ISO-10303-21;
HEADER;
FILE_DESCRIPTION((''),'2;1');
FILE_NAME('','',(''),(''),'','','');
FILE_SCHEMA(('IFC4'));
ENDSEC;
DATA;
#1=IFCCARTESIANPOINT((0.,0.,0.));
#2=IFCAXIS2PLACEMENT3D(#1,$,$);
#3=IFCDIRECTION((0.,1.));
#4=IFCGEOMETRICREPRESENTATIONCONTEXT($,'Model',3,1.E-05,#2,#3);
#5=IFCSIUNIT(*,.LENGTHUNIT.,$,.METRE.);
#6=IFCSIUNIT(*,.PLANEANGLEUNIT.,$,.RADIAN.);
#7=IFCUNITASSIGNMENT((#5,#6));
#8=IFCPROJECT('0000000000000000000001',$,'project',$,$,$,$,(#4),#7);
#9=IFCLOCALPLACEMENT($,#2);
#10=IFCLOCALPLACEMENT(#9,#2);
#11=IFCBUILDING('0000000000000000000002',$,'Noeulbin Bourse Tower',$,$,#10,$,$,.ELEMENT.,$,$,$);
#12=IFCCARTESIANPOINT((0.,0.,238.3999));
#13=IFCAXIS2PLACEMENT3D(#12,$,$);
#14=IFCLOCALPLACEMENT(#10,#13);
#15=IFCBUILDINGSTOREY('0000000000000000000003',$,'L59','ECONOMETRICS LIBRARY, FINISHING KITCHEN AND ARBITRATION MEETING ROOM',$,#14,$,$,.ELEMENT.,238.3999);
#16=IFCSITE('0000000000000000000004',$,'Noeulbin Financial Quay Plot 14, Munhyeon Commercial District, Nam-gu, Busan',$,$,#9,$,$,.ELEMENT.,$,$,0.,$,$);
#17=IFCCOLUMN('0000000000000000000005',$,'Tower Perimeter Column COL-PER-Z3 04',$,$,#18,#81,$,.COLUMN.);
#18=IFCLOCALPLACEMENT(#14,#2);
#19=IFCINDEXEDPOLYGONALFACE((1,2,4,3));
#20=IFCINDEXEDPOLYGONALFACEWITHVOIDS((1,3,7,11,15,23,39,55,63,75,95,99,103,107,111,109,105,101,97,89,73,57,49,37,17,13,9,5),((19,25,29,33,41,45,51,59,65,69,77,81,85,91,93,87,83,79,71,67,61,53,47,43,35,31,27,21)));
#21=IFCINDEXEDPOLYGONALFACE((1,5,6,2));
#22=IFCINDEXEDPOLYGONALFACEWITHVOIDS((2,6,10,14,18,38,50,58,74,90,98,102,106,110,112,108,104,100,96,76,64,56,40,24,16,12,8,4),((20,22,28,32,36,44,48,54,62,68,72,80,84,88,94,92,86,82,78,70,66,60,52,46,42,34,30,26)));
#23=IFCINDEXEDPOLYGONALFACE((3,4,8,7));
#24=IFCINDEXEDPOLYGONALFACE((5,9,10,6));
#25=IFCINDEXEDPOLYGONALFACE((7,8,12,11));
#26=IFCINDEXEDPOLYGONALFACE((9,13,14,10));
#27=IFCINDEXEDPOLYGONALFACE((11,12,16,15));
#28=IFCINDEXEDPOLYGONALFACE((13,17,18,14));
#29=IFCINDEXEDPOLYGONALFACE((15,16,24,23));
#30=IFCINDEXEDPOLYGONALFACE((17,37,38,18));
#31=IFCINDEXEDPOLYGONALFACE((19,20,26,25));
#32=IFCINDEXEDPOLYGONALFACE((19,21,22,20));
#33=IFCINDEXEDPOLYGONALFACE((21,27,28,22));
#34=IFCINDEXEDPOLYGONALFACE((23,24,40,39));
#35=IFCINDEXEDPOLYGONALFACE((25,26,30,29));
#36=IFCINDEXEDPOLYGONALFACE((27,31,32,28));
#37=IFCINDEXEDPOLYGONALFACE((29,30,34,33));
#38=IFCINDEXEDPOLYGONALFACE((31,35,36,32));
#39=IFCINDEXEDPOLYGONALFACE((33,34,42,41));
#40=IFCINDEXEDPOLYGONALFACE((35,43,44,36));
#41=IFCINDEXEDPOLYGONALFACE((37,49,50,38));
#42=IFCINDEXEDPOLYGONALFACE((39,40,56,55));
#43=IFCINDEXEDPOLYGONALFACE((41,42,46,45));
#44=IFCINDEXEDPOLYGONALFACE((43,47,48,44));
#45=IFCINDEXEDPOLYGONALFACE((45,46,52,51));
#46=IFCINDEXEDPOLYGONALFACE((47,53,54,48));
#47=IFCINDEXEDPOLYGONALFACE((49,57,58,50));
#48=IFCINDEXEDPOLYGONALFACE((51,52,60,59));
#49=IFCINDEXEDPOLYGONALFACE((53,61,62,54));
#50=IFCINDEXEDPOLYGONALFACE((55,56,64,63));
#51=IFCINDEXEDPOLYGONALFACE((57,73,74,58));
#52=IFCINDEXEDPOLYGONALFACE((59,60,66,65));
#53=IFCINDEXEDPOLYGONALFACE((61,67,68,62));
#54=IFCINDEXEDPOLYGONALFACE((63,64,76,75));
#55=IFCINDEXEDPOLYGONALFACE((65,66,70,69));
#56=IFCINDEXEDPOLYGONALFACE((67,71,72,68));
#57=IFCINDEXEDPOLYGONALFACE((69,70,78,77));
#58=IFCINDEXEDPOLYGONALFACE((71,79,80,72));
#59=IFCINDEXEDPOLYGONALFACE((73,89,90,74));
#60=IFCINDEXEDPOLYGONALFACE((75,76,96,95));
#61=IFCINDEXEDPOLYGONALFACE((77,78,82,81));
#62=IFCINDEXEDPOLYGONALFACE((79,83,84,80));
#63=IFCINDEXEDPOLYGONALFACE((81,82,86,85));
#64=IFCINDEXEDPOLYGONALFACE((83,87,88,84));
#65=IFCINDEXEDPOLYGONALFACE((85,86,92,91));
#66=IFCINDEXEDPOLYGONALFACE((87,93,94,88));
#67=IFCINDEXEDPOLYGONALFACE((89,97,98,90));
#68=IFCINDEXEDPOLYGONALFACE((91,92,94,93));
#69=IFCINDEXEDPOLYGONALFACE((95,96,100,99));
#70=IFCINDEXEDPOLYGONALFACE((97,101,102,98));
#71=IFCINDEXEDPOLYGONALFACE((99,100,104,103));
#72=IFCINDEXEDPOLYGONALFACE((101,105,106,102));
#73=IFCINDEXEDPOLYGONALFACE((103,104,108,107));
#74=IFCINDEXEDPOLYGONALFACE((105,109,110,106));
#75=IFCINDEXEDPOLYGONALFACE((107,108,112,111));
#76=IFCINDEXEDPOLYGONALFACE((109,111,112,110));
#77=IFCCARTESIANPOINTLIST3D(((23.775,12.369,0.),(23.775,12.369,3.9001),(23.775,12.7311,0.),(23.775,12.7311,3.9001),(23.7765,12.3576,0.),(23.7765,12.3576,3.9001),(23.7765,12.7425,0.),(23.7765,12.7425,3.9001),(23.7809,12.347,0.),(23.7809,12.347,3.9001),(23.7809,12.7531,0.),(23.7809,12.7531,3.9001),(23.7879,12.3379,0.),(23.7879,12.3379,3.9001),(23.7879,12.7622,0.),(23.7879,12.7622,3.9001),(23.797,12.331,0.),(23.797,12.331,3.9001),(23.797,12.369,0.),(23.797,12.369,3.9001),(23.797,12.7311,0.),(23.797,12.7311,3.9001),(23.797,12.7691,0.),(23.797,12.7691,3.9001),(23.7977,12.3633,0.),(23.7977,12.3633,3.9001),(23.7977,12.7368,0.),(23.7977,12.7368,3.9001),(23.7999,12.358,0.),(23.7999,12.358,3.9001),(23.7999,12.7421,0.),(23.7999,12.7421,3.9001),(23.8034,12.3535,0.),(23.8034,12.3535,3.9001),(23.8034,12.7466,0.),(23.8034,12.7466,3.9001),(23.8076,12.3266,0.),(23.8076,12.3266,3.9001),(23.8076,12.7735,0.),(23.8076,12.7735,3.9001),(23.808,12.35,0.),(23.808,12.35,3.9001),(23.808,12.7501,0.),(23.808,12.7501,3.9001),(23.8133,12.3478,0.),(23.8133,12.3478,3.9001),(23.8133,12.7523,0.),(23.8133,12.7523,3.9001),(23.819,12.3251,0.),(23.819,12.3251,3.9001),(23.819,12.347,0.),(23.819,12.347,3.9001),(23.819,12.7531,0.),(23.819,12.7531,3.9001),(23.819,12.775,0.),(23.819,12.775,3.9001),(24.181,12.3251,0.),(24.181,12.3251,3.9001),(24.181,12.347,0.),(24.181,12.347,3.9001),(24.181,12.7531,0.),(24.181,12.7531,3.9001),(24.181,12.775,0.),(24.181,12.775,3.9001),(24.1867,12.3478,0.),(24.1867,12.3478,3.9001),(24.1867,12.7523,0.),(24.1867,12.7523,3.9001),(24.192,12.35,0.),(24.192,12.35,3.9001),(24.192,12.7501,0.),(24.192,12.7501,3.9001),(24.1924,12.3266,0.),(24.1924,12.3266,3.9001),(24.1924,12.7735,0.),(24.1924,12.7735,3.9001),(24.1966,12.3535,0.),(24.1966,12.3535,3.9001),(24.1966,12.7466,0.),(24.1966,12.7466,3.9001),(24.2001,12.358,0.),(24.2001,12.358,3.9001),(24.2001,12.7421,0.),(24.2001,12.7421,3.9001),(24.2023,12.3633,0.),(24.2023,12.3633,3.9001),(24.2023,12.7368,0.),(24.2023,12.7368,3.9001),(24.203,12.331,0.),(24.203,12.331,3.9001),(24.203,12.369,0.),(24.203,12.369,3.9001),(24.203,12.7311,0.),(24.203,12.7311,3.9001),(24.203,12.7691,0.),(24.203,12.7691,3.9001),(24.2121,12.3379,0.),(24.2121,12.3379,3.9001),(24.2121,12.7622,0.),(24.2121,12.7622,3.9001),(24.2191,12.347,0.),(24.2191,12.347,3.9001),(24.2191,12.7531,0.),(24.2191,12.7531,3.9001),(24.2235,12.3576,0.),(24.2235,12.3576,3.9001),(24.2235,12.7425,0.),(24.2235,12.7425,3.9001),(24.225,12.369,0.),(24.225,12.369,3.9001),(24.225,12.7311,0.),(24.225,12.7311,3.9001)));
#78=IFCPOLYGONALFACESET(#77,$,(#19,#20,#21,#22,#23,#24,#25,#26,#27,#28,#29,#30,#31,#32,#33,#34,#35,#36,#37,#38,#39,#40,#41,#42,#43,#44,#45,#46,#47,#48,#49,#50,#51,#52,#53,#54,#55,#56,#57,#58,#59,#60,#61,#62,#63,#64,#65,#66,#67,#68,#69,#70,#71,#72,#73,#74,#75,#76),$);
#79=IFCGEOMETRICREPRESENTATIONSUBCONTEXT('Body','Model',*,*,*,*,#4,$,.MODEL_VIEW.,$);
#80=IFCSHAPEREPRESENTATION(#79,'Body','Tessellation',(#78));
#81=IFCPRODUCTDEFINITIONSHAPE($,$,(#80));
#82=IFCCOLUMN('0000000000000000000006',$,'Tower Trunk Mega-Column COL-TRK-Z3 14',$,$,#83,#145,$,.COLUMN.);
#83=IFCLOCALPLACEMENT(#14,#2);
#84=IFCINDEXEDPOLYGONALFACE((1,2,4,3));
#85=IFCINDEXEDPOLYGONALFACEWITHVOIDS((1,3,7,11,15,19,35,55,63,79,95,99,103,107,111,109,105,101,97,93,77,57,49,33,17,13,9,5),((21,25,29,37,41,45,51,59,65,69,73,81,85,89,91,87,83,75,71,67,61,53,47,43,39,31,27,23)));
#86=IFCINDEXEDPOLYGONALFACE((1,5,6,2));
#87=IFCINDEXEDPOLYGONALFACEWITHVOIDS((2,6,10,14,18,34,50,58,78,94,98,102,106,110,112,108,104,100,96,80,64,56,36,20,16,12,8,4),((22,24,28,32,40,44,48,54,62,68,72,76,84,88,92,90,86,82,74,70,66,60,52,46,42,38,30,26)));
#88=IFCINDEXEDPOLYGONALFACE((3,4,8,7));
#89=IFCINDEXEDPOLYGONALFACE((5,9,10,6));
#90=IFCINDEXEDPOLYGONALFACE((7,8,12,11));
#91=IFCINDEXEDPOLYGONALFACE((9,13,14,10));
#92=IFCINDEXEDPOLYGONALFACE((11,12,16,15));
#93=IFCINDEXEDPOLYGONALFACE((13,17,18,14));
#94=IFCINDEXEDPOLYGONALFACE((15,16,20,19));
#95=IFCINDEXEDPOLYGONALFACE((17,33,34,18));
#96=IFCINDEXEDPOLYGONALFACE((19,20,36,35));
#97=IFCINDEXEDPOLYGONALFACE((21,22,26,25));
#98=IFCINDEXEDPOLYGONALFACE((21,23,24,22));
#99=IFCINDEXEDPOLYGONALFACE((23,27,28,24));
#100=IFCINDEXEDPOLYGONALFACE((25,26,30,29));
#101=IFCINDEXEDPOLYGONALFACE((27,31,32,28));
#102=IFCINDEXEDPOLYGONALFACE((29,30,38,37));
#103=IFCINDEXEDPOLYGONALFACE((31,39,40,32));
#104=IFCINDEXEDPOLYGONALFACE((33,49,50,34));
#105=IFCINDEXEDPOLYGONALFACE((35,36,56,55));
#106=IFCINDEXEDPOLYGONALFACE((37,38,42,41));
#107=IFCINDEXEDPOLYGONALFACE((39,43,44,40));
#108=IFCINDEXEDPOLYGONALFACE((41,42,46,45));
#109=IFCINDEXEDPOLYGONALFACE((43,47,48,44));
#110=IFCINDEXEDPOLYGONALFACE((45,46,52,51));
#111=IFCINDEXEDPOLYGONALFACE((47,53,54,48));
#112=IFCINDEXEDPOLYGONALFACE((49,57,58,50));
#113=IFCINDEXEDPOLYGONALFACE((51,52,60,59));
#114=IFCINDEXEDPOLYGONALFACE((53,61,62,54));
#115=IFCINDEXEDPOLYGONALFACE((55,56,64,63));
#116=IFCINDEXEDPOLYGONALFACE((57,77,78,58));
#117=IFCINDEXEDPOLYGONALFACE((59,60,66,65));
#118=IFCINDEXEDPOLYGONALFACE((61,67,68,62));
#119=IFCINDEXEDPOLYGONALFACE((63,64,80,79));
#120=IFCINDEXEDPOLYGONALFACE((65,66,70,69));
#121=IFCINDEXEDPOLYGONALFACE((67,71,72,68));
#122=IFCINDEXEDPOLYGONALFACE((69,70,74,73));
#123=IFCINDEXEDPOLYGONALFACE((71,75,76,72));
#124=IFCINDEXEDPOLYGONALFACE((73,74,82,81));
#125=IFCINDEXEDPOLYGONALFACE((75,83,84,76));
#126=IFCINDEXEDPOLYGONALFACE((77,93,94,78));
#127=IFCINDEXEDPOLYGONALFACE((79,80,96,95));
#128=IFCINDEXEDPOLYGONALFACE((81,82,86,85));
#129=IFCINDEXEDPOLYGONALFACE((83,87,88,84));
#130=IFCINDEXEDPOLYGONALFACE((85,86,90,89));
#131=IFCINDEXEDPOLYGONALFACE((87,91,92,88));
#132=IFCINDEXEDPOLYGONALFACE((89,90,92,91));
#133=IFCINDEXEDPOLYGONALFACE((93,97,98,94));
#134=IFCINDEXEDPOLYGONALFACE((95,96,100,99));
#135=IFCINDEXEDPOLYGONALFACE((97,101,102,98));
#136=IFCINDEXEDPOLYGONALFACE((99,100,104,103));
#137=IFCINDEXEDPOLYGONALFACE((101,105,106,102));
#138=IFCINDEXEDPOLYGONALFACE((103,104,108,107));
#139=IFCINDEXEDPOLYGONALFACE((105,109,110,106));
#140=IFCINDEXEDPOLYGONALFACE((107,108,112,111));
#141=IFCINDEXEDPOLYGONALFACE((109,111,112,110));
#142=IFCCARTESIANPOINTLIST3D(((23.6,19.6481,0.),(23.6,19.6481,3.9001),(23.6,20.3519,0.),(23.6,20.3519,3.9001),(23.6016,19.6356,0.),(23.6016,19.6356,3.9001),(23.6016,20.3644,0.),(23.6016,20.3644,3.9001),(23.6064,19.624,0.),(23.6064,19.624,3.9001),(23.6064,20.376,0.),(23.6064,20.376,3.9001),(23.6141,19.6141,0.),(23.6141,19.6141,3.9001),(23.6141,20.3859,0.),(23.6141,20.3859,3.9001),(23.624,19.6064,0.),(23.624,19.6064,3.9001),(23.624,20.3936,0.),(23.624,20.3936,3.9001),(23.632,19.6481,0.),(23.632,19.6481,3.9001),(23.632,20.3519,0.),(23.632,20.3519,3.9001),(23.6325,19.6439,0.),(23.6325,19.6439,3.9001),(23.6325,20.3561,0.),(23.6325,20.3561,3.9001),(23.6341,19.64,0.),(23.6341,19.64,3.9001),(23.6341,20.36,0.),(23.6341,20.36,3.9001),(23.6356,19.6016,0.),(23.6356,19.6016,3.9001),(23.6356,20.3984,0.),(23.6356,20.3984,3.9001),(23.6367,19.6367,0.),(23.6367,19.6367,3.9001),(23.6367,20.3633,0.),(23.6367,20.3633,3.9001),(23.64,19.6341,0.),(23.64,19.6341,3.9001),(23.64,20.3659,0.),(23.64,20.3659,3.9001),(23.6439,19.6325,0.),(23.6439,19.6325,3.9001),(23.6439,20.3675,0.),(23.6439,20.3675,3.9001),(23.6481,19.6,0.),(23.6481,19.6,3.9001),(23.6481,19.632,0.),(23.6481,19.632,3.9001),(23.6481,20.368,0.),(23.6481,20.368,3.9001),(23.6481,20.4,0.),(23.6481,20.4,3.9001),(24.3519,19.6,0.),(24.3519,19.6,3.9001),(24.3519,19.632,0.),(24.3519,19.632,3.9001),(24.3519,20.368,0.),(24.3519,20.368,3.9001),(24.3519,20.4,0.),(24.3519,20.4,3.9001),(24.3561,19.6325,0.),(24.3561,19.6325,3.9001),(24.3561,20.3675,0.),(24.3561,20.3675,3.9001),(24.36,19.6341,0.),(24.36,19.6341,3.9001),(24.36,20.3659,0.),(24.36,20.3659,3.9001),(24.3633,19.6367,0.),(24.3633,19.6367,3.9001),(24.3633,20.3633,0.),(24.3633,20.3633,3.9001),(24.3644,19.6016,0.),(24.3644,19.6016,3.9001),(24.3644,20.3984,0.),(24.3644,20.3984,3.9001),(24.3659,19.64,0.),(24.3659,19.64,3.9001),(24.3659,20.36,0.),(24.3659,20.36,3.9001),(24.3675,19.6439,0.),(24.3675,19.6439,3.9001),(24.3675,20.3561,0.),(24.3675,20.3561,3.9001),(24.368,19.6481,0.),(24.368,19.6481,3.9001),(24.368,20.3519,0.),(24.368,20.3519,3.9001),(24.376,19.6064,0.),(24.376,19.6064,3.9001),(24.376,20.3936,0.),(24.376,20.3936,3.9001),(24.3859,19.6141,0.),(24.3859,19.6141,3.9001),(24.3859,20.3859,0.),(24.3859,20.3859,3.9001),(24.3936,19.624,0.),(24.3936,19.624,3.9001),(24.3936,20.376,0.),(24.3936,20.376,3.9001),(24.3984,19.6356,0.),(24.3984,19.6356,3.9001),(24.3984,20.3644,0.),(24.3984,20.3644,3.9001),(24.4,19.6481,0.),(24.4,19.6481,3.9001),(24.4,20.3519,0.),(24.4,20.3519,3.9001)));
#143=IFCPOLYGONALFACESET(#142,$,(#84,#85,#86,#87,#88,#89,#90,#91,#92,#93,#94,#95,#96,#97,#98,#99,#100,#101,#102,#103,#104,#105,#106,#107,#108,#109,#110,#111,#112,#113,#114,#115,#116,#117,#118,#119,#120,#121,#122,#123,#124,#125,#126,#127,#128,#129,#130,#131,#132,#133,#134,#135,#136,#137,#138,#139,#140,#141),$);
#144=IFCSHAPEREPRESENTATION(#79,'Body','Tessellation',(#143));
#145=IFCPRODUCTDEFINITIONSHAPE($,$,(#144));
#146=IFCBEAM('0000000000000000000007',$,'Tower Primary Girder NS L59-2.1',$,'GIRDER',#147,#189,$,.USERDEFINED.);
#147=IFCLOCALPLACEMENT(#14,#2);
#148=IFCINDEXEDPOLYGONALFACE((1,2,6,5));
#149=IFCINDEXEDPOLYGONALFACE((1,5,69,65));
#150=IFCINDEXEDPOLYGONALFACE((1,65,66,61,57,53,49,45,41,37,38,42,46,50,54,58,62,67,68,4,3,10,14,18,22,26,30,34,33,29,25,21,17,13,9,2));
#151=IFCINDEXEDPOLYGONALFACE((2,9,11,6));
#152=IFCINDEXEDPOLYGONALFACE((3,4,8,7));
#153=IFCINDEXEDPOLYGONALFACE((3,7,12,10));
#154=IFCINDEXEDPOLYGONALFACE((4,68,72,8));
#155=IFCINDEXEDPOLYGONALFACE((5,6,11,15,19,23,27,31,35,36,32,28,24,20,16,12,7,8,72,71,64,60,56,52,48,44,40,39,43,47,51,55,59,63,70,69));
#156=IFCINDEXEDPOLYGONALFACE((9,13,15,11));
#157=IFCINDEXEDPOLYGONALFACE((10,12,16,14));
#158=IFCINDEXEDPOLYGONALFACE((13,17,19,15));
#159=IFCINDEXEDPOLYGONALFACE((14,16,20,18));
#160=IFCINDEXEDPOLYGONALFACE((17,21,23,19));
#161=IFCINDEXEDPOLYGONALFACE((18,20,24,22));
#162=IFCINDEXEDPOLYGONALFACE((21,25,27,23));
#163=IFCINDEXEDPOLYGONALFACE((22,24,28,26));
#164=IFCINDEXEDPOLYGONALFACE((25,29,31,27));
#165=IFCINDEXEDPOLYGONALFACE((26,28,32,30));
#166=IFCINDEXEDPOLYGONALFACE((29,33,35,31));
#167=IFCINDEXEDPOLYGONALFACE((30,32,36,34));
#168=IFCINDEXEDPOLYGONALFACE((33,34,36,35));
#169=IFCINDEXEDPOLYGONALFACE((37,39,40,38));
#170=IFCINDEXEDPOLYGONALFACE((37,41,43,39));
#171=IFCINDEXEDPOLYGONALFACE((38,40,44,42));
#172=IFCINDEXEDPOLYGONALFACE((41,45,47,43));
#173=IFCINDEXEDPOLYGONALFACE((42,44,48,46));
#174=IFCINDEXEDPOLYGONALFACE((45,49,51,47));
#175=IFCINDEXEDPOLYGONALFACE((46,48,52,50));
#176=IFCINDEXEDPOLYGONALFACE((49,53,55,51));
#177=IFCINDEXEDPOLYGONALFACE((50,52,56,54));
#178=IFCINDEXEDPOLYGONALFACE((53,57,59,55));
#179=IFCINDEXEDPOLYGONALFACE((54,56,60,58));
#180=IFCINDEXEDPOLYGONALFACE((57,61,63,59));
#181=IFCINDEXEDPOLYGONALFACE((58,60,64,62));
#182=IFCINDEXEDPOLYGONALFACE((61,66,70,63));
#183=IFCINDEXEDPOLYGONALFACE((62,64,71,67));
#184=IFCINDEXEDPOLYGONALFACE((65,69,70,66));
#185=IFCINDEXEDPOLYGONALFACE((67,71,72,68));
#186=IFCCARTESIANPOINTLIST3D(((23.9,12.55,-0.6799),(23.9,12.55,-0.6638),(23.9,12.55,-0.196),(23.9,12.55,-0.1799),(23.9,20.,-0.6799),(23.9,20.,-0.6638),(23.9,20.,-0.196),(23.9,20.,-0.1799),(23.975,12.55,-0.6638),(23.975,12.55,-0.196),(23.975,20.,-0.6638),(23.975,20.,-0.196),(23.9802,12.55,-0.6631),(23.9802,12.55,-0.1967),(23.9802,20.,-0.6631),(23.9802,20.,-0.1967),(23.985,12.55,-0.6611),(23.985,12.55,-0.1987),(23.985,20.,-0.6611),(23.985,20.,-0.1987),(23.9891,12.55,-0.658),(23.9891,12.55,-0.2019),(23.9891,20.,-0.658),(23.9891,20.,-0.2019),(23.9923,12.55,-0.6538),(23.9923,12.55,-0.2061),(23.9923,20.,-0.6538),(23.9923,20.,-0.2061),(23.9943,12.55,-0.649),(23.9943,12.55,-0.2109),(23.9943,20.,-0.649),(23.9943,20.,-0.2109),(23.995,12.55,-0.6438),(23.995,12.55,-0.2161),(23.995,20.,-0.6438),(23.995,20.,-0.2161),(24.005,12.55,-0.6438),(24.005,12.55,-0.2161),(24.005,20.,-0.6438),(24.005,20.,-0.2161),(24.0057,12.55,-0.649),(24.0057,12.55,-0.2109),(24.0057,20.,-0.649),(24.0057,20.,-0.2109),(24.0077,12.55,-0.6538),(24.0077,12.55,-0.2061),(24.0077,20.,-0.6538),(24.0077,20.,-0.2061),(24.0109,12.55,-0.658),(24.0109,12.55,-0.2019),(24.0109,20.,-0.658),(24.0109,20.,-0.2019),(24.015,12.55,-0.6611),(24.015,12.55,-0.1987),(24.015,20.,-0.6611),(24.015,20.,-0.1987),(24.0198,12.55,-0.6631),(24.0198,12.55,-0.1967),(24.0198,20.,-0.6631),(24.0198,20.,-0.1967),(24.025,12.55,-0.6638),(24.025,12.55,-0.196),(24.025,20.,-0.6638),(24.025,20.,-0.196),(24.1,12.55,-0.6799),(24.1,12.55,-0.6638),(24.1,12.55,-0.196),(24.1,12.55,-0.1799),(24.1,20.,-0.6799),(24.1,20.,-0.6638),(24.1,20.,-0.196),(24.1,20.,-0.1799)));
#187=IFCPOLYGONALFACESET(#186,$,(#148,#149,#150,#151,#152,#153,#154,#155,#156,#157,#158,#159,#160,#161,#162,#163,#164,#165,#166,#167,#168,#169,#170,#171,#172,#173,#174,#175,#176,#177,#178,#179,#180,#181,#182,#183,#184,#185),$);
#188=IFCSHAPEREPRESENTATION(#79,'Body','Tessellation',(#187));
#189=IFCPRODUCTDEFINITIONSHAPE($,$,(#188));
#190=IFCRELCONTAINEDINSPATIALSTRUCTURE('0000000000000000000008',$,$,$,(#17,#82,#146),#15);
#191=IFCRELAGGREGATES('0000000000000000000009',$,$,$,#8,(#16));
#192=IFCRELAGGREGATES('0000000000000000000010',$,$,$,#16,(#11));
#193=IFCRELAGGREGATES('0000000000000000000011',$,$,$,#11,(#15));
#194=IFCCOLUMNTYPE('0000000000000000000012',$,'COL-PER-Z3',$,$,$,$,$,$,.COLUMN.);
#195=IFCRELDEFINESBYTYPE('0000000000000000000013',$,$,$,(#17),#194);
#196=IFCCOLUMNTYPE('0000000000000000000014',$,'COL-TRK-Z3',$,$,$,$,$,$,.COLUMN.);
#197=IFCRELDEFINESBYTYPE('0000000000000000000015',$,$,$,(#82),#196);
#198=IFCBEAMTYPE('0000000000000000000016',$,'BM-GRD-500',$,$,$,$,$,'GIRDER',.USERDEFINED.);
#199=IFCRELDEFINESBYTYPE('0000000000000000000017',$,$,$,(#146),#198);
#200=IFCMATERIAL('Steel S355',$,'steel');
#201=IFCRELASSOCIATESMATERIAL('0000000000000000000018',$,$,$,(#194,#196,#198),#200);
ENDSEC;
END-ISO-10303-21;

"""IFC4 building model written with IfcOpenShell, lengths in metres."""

from ifc_helpers import new_model, si_unit, direction, frame, origin, origin_2d, place, context, subcontext, project, spatial, hollow_rectangle, i_section, extrude, material, material_profile, profile_set, type_object, element, save


model = new_model("IFC4")

# Units and contexts
model_context = context("Model", 3, precision=1e-05, world=origin(), true_north=direction((0.0, 1.0)))
body_context = subcontext(model_context, "Body", "Model", "MODEL_VIEW")
ifc_project = project(units=[si_unit("LENGTHUNIT", "METRE"), si_unit("PLANEANGLEUNIT", "RADIAN")], contexts=[model_context])

# Site, building, storey
site_placement = place(None, origin())
site = spatial("IfcSite", under=ifc_project, at=site_placement, Name="Noeulbin Financial Quay Plot 14, Munhyeon Commercial District, Nam-gu, Busan", CompositionType="ELEMENT", RefElevation=0.0)
building_placement = place(site_placement, origin())
building = spatial("IfcBuilding", under=site, at=building_placement, Name="Noeulbin Bourse Tower", CompositionType="ELEMENT")
storey_placement = place(building_placement, frame((0.0, 0.0, 238.3999)))
storey = spatial("IfcBuildingStorey", under=building, at=storey_placement, Name="L59", Description="ECONOMETRICS LIBRARY, FINISHING KITCHEN AND ARBITRATION MEETING ROOM", CompositionType="ELEMENT", Elevation=238.3999)

# Columns
ifc_material_1 = material(Name="Steel S355", Category="steel")
ifc_material_profile_1 = material_profile(ifc_material_1, hollow_rectangle(XDim=0.45, YDim=0.45, WallThickness=0.022, InnerFilletRadius=0.022, OuterFilletRadius=0.0439, at=origin_2d()), Name="SHS-450x450x22", Category="LoadBearing")
ifc_profile_set_1 = profile_set([ifc_material_profile_1], Name="Steel S355")
column_type_1 = type_object("IfcColumnType", Name="COL-PER-Z3", PredefinedType="COLUMN", material=ifc_profile_set_1)
column_1_placement = place(storey_placement, frame((24.0, 12.55, 0.0), z_axis=(0.0, 0.0, 1.0), x_axis=(1.0, 0.0, 0.0)))
element("IfcColumn", 1, at=column_1_placement, inside=storey, type_object=column_type_1, Name="Tower Perimeter Column COL-PER-Z3 04", PredefinedType="COLUMN", context=body_context, shape_type="SweptSolid", body=[
    extrude(hollow_rectangle(XDim=0.45, YDim=0.45, WallThickness=0.022, InnerFilletRadius=0.022, OuterFilletRadius=0.0439, at=origin_2d()), origin(), (0.0, 0.0, 1.0), 3.9001),
])
ifc_material_profile_2 = material_profile(ifc_material_1, hollow_rectangle(XDim=0.8, YDim=0.8, WallThickness=0.032, InnerFilletRadius=0.0161, OuterFilletRadius=0.0481, at=origin_2d()), Name="BOX-800x800x32", Category="LoadBearing")
ifc_profile_set_2 = profile_set([ifc_material_profile_2], Name="Steel S355")
column_type_2 = type_object("IfcColumnType", Name="COL-TRK-Z3", PredefinedType="COLUMN", material=ifc_profile_set_2)
column_2_placement = place(storey_placement, frame((24.0, 20.0, 0.0), z_axis=(0.0, 0.0, 1.0), x_axis=(1.0, 0.0, 0.0)))
element("IfcColumn", 2, at=column_2_placement, inside=storey, type_object=column_type_2, Name="Tower Trunk Mega-Column COL-TRK-Z3 14", PredefinedType="COLUMN", context=body_context, shape_type="SweptSolid", body=[
    extrude(hollow_rectangle(XDim=0.8, YDim=0.8, WallThickness=0.032, InnerFilletRadius=0.0161, OuterFilletRadius=0.0481, at=origin_2d()), origin(), (0.0, 0.0, 1.0), 3.9001),
])

# Beam
ifc_material_profile_3 = material_profile(ifc_material_1, i_section(OverallWidth=0.2, OverallDepth=0.5, WebThickness=0.01, FlangeThickness=0.0161, FilletRadius=0.02, at=origin_2d()), Name="H-500x200x10x16", Category="LoadBearing")
ifc_profile_set_3 = profile_set([ifc_material_profile_3], Name="Steel S355")
beam_type_1 = type_object("IfcBeamType", Name="BM-GRD-500", ElementType="GIRDER", PredefinedType="USERDEFINED", material=ifc_profile_set_3)
beam_1_placement = place(storey_placement, frame((24.0, 12.55, -0.4299), z_axis=(0.0, 1.0, 0.0), x_axis=(-1.0, 0.0, 0.0)))
element("IfcBeam", 3, at=beam_1_placement, inside=storey, type_object=beam_type_1, Name="Tower Primary Girder NS L59-2.1", ObjectType="GIRDER", PredefinedType="USERDEFINED", context=body_context, shape_type="SweptSolid", body=[
    extrude(i_section(OverallWidth=0.2, OverallDepth=0.5, WebThickness=0.01, FlangeThickness=0.0161, FilletRadius=0.02, at=origin_2d()), origin(), (0.0, 0.0, 1.0), 7.45),
])

save(model, "model.ifc")
